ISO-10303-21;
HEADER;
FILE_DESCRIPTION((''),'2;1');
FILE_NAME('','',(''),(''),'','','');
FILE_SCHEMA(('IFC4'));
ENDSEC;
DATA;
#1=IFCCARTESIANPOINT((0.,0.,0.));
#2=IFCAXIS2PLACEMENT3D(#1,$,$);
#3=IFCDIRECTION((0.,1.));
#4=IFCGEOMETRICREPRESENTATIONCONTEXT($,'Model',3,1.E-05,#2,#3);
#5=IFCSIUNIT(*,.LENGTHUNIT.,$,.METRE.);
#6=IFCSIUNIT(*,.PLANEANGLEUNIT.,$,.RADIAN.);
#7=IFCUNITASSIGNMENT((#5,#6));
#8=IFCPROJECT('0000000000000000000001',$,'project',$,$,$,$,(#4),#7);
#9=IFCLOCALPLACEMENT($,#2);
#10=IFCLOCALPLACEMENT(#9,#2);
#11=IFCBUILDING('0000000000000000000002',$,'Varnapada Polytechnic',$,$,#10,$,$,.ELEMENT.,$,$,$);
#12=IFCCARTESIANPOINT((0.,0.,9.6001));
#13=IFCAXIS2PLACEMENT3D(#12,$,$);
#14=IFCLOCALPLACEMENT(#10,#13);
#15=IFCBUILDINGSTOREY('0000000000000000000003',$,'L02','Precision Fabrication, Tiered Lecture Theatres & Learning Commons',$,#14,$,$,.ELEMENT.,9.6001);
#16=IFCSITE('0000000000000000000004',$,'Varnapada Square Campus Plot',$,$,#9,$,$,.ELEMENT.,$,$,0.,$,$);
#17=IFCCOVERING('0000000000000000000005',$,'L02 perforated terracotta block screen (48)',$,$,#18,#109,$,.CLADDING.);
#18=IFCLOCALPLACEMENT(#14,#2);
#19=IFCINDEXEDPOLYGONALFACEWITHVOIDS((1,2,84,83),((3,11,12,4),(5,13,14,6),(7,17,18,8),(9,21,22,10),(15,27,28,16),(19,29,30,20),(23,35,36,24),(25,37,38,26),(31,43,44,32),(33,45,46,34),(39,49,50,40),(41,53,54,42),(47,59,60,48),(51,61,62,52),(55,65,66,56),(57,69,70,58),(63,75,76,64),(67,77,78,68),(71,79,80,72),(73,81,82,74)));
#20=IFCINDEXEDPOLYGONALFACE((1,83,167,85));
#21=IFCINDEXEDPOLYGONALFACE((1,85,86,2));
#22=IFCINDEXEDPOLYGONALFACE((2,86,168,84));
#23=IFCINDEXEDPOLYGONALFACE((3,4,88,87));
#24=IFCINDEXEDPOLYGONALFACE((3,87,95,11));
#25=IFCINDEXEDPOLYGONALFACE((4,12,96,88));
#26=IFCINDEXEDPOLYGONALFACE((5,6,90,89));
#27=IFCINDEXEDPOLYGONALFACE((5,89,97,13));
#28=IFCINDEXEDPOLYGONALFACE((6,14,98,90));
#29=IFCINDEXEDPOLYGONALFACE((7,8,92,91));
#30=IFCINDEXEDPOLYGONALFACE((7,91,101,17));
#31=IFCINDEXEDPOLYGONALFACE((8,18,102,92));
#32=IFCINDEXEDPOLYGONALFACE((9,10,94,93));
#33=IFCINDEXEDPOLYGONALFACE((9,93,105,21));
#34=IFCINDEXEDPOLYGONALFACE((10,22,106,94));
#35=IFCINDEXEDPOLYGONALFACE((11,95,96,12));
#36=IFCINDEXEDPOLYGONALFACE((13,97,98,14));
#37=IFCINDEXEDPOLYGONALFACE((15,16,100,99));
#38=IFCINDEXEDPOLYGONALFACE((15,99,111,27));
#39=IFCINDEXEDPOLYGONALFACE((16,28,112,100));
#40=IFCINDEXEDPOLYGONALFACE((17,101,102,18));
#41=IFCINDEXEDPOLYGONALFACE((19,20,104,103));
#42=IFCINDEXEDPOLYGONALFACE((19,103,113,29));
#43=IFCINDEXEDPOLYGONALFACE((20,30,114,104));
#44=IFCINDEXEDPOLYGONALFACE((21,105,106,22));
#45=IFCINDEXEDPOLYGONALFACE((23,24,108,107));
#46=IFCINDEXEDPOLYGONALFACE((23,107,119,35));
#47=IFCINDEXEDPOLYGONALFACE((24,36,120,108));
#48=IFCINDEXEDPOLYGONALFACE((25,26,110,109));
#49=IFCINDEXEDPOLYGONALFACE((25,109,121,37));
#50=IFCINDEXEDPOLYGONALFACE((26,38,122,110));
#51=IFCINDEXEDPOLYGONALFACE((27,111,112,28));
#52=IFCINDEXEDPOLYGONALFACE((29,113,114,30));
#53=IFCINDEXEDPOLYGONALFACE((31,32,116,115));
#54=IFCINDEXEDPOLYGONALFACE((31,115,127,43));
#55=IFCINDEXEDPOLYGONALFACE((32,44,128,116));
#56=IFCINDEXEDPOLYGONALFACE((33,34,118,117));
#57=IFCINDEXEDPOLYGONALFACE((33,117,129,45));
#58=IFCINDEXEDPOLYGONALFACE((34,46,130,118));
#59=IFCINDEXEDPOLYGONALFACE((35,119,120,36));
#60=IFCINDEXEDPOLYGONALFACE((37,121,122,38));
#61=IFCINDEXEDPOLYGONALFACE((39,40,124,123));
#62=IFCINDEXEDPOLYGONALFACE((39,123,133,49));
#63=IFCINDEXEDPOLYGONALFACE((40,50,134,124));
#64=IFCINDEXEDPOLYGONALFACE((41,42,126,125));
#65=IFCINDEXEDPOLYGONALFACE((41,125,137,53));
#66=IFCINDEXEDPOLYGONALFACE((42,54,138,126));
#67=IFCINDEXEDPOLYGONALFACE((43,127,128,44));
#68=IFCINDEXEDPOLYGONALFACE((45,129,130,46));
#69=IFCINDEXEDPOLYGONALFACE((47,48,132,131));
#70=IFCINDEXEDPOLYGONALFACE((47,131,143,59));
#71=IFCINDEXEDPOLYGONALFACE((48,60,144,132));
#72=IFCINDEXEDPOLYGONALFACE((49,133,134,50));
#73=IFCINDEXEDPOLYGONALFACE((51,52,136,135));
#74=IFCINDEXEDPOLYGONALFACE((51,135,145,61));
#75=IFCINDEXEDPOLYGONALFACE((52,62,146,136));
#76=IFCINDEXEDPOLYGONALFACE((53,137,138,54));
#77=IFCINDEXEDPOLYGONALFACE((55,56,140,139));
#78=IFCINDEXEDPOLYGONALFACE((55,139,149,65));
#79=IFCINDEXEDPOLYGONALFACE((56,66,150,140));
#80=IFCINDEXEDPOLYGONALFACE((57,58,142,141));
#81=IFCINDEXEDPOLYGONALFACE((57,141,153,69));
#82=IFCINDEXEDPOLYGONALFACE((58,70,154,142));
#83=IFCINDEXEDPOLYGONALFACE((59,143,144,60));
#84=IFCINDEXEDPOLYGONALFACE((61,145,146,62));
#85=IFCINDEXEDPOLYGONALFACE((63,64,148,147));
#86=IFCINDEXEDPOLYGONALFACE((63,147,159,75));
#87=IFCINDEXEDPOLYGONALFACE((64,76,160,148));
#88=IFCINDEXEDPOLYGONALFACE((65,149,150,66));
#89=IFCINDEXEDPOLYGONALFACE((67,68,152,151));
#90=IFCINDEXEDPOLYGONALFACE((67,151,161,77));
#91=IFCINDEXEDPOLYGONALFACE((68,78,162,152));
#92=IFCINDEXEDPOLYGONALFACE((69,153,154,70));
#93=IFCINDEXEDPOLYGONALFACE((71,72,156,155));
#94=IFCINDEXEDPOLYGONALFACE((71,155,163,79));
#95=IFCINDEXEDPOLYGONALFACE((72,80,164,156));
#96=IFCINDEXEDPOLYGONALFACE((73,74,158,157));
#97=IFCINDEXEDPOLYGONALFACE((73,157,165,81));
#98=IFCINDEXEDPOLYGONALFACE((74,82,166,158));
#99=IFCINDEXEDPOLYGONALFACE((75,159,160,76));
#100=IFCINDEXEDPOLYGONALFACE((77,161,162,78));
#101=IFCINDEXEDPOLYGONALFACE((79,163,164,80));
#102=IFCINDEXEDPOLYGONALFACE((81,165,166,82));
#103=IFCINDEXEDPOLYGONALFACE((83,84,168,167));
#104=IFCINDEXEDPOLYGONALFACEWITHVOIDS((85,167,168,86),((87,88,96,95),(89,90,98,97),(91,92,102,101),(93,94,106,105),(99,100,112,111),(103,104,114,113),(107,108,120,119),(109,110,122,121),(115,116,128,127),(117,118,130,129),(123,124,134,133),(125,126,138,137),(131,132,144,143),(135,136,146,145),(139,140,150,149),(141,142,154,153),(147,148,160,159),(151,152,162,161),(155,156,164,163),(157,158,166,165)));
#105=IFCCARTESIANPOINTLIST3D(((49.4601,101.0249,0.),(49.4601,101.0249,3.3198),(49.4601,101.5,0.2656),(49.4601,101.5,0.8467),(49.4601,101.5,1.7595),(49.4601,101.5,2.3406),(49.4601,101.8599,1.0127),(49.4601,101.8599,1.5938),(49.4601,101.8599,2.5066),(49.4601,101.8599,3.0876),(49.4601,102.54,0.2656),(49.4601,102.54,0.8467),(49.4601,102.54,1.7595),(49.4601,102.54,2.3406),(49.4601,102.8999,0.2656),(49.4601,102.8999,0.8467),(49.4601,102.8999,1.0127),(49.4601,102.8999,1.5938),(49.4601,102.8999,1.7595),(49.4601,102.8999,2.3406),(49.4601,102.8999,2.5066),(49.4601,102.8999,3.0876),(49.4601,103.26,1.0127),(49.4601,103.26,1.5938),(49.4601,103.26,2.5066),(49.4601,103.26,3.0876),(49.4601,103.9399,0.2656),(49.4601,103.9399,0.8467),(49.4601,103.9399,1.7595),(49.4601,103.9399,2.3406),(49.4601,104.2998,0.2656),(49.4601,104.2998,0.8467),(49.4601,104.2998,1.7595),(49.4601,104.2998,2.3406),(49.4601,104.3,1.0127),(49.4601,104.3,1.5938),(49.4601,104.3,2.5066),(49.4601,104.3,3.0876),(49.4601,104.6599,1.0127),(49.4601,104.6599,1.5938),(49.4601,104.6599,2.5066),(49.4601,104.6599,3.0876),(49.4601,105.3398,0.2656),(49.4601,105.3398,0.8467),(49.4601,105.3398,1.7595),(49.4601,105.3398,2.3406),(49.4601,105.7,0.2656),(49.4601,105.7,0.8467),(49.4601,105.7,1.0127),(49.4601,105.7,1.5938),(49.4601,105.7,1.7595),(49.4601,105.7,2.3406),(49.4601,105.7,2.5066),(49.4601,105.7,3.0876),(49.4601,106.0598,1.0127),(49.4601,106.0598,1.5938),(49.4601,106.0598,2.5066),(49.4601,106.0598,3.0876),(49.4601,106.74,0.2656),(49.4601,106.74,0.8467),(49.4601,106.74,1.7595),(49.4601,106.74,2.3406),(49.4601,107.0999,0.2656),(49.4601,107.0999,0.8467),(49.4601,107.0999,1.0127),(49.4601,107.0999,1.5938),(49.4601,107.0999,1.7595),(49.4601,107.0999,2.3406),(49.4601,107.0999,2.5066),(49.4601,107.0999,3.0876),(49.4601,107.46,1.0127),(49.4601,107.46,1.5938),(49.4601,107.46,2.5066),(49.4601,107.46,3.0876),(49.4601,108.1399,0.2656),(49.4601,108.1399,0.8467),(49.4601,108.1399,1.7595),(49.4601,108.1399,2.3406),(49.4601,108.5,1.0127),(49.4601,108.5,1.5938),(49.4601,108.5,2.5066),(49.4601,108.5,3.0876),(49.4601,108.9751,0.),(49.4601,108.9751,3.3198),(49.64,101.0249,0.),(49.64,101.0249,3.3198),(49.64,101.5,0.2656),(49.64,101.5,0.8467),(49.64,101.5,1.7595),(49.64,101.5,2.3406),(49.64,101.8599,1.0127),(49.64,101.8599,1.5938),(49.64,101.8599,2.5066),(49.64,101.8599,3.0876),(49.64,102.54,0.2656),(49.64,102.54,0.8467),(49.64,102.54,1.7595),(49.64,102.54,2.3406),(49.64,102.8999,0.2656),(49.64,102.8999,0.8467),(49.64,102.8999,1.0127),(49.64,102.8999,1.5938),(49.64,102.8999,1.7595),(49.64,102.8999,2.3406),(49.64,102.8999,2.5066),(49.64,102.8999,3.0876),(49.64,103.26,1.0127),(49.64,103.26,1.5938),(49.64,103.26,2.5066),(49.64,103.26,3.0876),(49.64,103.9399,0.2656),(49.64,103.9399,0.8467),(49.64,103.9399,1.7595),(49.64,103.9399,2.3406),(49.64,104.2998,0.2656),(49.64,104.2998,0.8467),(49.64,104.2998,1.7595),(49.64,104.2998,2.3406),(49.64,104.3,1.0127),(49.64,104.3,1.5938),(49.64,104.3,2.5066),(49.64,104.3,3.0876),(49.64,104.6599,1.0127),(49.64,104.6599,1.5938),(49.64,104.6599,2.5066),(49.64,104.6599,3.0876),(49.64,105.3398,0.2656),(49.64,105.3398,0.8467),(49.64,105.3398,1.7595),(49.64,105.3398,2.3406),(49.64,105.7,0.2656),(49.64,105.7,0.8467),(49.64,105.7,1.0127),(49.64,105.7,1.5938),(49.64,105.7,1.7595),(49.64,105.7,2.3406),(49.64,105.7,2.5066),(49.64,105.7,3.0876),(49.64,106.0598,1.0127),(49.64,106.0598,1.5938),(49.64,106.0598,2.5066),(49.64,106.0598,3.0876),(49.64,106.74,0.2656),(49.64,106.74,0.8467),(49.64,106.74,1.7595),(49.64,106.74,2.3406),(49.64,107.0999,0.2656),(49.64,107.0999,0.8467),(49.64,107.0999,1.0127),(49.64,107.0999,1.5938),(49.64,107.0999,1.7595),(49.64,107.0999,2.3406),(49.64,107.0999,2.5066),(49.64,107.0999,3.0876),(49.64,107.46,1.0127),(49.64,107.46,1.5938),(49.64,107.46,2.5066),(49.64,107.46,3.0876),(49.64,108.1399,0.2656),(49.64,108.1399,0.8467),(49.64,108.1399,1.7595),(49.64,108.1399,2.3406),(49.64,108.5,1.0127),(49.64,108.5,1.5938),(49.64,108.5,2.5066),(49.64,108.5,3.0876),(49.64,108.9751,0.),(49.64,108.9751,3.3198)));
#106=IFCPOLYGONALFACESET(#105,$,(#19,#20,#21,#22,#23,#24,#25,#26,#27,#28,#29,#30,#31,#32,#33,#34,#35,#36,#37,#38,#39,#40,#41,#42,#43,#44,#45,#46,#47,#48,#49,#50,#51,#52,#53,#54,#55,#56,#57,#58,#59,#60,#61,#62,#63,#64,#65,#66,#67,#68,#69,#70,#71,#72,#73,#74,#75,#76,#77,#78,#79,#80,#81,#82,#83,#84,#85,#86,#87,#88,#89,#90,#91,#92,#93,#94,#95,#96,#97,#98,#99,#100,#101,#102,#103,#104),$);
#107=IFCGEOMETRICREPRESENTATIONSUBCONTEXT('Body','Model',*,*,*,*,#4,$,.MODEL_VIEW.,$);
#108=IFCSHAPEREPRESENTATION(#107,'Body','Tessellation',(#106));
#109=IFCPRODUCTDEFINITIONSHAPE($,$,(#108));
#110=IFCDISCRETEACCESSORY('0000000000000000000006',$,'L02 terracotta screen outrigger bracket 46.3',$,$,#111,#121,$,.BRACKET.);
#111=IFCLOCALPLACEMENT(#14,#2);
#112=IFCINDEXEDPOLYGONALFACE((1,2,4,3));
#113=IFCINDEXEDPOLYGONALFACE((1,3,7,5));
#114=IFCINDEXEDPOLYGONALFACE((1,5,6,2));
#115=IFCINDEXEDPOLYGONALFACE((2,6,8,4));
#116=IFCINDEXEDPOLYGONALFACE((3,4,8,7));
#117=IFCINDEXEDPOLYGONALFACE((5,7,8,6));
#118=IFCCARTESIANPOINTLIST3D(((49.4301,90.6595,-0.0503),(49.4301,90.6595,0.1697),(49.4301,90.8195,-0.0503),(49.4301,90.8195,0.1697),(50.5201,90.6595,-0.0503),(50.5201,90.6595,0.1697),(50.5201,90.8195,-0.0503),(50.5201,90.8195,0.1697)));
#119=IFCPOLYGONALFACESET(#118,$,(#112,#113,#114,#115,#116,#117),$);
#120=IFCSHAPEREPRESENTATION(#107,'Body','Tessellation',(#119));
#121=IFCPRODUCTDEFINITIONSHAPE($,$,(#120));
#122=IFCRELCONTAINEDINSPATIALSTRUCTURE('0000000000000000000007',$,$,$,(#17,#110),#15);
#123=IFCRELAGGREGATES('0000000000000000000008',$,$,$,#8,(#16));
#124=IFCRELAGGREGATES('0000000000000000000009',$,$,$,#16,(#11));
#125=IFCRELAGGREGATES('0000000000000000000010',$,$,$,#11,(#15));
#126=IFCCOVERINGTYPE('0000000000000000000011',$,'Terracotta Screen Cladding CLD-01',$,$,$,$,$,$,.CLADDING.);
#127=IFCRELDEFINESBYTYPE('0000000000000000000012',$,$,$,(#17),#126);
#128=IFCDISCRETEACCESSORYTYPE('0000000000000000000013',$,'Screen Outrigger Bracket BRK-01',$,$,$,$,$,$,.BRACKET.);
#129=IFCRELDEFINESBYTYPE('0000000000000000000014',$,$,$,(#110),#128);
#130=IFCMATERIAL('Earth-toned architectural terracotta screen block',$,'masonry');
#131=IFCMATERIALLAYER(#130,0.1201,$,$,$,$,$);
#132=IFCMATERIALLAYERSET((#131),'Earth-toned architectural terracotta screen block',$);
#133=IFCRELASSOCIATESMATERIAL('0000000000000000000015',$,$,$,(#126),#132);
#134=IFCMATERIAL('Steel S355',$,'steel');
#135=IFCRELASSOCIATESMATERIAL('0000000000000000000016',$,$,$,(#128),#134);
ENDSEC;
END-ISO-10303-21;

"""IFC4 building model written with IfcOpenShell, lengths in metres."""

from ifc_helpers import new_model, si_unit, direction, frame, frame_2d, origin, origin_2d, place, context, subcontext, project, spatial, rectangle, extrude, material, layer, layer_set, type_object, element, save


model = new_model("IFC4")

# Units and contexts
model_context = context("Model", 3, precision=1e-05, world=origin(), true_north=direction((0.0, 1.0)))
body_context = subcontext(model_context, "Body", "Model", "MODEL_VIEW")
ifc_project = project(units=[si_unit("LENGTHUNIT", "METRE"), si_unit("PLANEANGLEUNIT", "RADIAN")], contexts=[model_context])

# Site, building, storey
site_placement = place(None, origin())
site = spatial("IfcSite", under=ifc_project, at=site_placement, Name="Varnapada Square Campus Plot", CompositionType="ELEMENT", RefElevation=0.0)
building_placement = place(site_placement, origin())
building = spatial("IfcBuilding", under=site, at=building_placement, Name="Varnapada Polytechnic", CompositionType="ELEMENT")
storey_placement = place(building_placement, frame((0.0, 0.0, 9.6001)))
storey = spatial("IfcBuildingStorey", under=building, at=storey_placement, Name="L02", Description="Precision Fabrication, Tiered Lecture Theatres & Learning Commons", CompositionType="ELEMENT", Elevation=9.6001)

# Covering, openings
ifc_material_1 = material(Name="Earth-toned architectural terracotta screen block", Category="masonry")
ifc_layer_1 = layer(ifc_material_1, 0.1201)
ifc_layer_set_1 = layer_set([ifc_layer_1], Name="Earth-toned architectural terracotta screen block")
covering_type = type_object("IfcCoveringType", Name="Terracotta Screen Cladding CLD-01", PredefinedType="CLADDING", material=ifc_layer_set_1)
covering_placement = place(storey_placement, frame((49.55, 101.0249, 0.0), z_axis=(0.0, 0.0, 1.0), x_axis=(0.0, 1.0, 0.0)))
covering = element("IfcCovering", 1, at=covering_placement, inside=storey, type_object=covering_type, Name="L02 perforated terracotta block screen (48)", PredefinedType="CLADDING", context=body_context, shape_type="SweptSolid", body=[
    extrude(rectangle(XDim=7.9502, YDim=0.1799, at=frame_2d((3.9751, 0.0))), origin(), (0.0, 0.0, 1.0), 3.3198),
])
opening_1_placement = place(covering_placement, frame((0.4751, 0.0, 0.2656)))
element("IfcOpeningElement", 2, at=opening_1_placement, cuts=covering, PredefinedType="OPENING", context=body_context, shape_type="SweptSolid", body=[
    extrude(rectangle(XDim=1.04, YDim=0.5811, at=frame_2d((0.52, 0.2905))), frame((0.0, 0.0999, 0.0), z_axis=(0.0, -1.0, 0.0), x_axis=(1.0, 0.0, 0.0)), (0.0, 0.0, 1.0), 0.2),
])
opening_2_placement = place(covering_placement, frame((1.875, 0.0, 0.2656)))
element("IfcOpeningElement", 3, at=opening_2_placement, cuts=covering, PredefinedType="OPENING", context=body_context, shape_type="SweptSolid", body=[
    extrude(rectangle(XDim=1.04, YDim=0.5811, at=frame_2d((0.52, 0.2905))), frame((0.0, 0.0999, 0.0), z_axis=(0.0, -1.0, 0.0), x_axis=(1.0, 0.0, 0.0)), (0.0, 0.0, 1.0), 0.2),
])
opening_3_placement = place(covering_placement, frame((3.2749, 0.0, 0.2656)))
element("IfcOpeningElement", 4, at=opening_3_placement, cuts=covering, PredefinedType="OPENING", context=body_context, shape_type="SweptSolid", body=[
    extrude(rectangle(XDim=1.04, YDim=0.5811, at=frame_2d((0.52, 0.2905))), frame((0.0, 0.0999, 0.0), z_axis=(0.0, -1.0, 0.0), x_axis=(1.0, 0.0, 0.0)), (0.0, 0.0, 1.0), 0.2),
])
opening_4_placement = place(covering_placement, frame((4.675, 0.0, 0.2656)))
element("IfcOpeningElement", 5, at=opening_4_placement, cuts=covering, PredefinedType="OPENING", context=body_context, shape_type="SweptSolid", body=[
    extrude(rectangle(XDim=1.04, YDim=0.5811, at=frame_2d((0.52, 0.2905))), frame((0.0, 0.0999, 0.0), z_axis=(0.0, -1.0, 0.0), x_axis=(1.0, 0.0, 0.0)), (0.0, 0.0, 1.0), 0.2),
])
opening_5_placement = place(covering_placement, frame((6.075, 0.0, 0.2656)))
element("IfcOpeningElement", 6, at=opening_5_placement, cuts=covering, PredefinedType="OPENING", context=body_context, shape_type="SweptSolid", body=[
    extrude(rectangle(XDim=1.04, YDim=0.5811, at=frame_2d((0.52, 0.2905))), frame((0.0, 0.0999, 0.0), z_axis=(0.0, -1.0, 0.0), x_axis=(1.0, 0.0, 0.0)), (0.0, 0.0, 1.0), 0.2),
])
opening_6_placement = place(covering_placement, frame((0.835, 0.0, 1.0127)))
element("IfcOpeningElement", 7, at=opening_6_placement, cuts=covering, PredefinedType="OPENING", context=body_context, shape_type="SweptSolid", body=[
    extrude(rectangle(XDim=1.04, YDim=0.5811, at=frame_2d((0.52, 0.2905))), frame((0.0, 0.0999, 0.0), z_axis=(0.0, -1.0, 0.0), x_axis=(1.0, 0.0, 0.0)), (0.0, 0.0, 1.0), 0.2),
])
opening_7_placement = place(covering_placement, frame((2.2351, 0.0, 1.0127)))
element("IfcOpeningElement", 8, at=opening_7_placement, cuts=covering, PredefinedType="OPENING", context=body_context, shape_type="SweptSolid", body=[
    extrude(rectangle(XDim=1.04, YDim=0.5811, at=frame_2d((0.52, 0.2905))), frame((0.0, 0.0999, 0.0), z_axis=(0.0, -1.0, 0.0), x_axis=(1.0, 0.0, 0.0)), (0.0, 0.0, 1.0), 0.2),
])
opening_8_placement = place(covering_placement, frame((3.635, 0.0, 1.0127)))
element("IfcOpeningElement", 9, at=opening_8_placement, cuts=covering, PredefinedType="OPENING", context=body_context, shape_type="SweptSolid", body=[
    extrude(rectangle(XDim=1.04, YDim=0.5811, at=frame_2d((0.52, 0.2905))), frame((0.0, 0.0999, 0.0), z_axis=(0.0, -1.0, 0.0), x_axis=(1.0, 0.0, 0.0)), (0.0, 0.0, 1.0), 0.2),
])
opening_9_placement = place(covering_placement, frame((5.0349, 0.0, 1.0127)))
element("IfcOpeningElement", 10, at=opening_9_placement, cuts=covering, PredefinedType="OPENING", context=body_context, shape_type="SweptSolid", body=[
    extrude(rectangle(XDim=1.04, YDim=0.5811, at=frame_2d((0.52, 0.2905))), frame((0.0, 0.0999, 0.0), z_axis=(0.0, -1.0, 0.0), x_axis=(1.0, 0.0, 0.0)), (0.0, 0.0, 1.0), 0.2),
])
opening_10_placement = place(covering_placement, frame((6.4351, 0.0, 1.0127)))
element("IfcOpeningElement", 11, at=opening_10_placement, cuts=covering, PredefinedType="OPENING", context=body_context, shape_type="SweptSolid", body=[
    extrude(rectangle(XDim=1.04, YDim=0.5811, at=frame_2d((0.52, 0.2905))), frame((0.0, 0.0999, 0.0), z_axis=(0.0, -1.0, 0.0), x_axis=(1.0, 0.0, 0.0)), (0.0, 0.0, 1.0), 0.2),
])
opening_11_placement = place(covering_placement, frame((0.4751, 0.0, 1.7595)))
element("IfcOpeningElement", 12, at=opening_11_placement, cuts=covering, PredefinedType="OPENING", context=body_context, shape_type="SweptSolid", body=[
    extrude(rectangle(XDim=1.04, YDim=0.5811, at=frame_2d((0.52, 0.2905))), frame((0.0, 0.0999, 0.0), z_axis=(0.0, -1.0, 0.0), x_axis=(1.0, 0.0, 0.0)), (0.0, 0.0, 1.0), 0.2),
])
opening_12_placement = place(covering_placement, frame((1.875, 0.0, 1.7595)))
element("IfcOpeningElement", 13, at=opening_12_placement, cuts=covering, PredefinedType="OPENING", context=body_context, shape_type="SweptSolid", body=[
    extrude(rectangle(XDim=1.04, YDim=0.5811, at=frame_2d((0.52, 0.2905))), frame((0.0, 0.0999, 0.0), z_axis=(0.0, -1.0, 0.0), x_axis=(1.0, 0.0, 0.0)), (0.0, 0.0, 1.0), 0.2),
])
opening_13_placement = place(covering_placement, frame((3.2749, 0.0, 1.7595)))
element("IfcOpeningElement", 14, at=opening_13_placement, cuts=covering, PredefinedType="OPENING", context=body_context, shape_type="SweptSolid", body=[
    extrude(rectangle(XDim=1.04, YDim=0.5811, at=frame_2d((0.52, 0.2905))), frame((0.0, 0.0999, 0.0), z_axis=(0.0, -1.0, 0.0), x_axis=(1.0, 0.0, 0.0)), (0.0, 0.0, 1.0), 0.2),
])
opening_14_placement = place(covering_placement, frame((4.675, 0.0, 1.7595)))
element("IfcOpeningElement", 15, at=opening_14_placement, cuts=covering, PredefinedType="OPENING", context=body_context, shape_type="SweptSolid", body=[
    extrude(rectangle(XDim=1.04, YDim=0.5811, at=frame_2d((0.52, 0.2905))), frame((0.0, 0.0999, 0.0), z_axis=(0.0, -1.0, 0.0), x_axis=(1.0, 0.0, 0.0)), (0.0, 0.0, 1.0), 0.2),
])
opening_15_placement = place(covering_placement, frame((6.075, 0.0, 1.7595)))
element("IfcOpeningElement", 16, at=opening_15_placement, cuts=covering, PredefinedType="OPENING", context=body_context, shape_type="SweptSolid", body=[
    extrude(rectangle(XDim=1.04, YDim=0.5811, at=frame_2d((0.52, 0.2905))), frame((0.0, 0.0999, 0.0), z_axis=(0.0, -1.0, 0.0), x_axis=(1.0, 0.0, 0.0)), (0.0, 0.0, 1.0), 0.2),
])
opening_16_placement = place(covering_placement, frame((0.835, 0.0, 2.5066)))
element("IfcOpeningElement", 17, at=opening_16_placement, cuts=covering, PredefinedType="OPENING", context=body_context, shape_type="SweptSolid", body=[
    extrude(rectangle(XDim=1.04, YDim=0.5811, at=frame_2d((0.52, 0.2905))), frame((0.0, 0.0999, 0.0), z_axis=(0.0, -1.0, 0.0), x_axis=(1.0, 0.0, 0.0)), (0.0, 0.0, 1.0), 0.2),
])
opening_17_placement = place(covering_placement, frame((2.2351, 0.0, 2.5066)))
element("IfcOpeningElement", 18, at=opening_17_placement, cuts=covering, PredefinedType="OPENING", context=body_context, shape_type="SweptSolid", body=[
    extrude(rectangle(XDim=1.04, YDim=0.5811, at=frame_2d((0.52, 0.2905))), frame((0.0, 0.0999, 0.0), z_axis=(0.0, -1.0, 0.0), x_axis=(1.0, 0.0, 0.0)), (0.0, 0.0, 1.0), 0.2),
])
opening_18_placement = place(covering_placement, frame((3.635, 0.0, 2.5066)))
element("IfcOpeningElement", 19, at=opening_18_placement, cuts=covering, PredefinedType="OPENING", context=body_context, shape_type="SweptSolid", body=[
    extrude(rectangle(XDim=1.04, YDim=0.5811, at=frame_2d((0.52, 0.2905))), frame((0.0, 0.0999, 0.0), z_axis=(0.0, -1.0, 0.0), x_axis=(1.0, 0.0, 0.0)), (0.0, 0.0, 1.0), 0.2),
])
opening_19_placement = place(covering_placement, frame((5.0349, 0.0, 2.5066)))
element("IfcOpeningElement", 20, at=opening_19_placement, cuts=covering, PredefinedType="OPENING", context=body_context, shape_type="SweptSolid", body=[
    extrude(rectangle(XDim=1.04, YDim=0.5811, at=frame_2d((0.52, 0.2905))), frame((0.0, 0.0999, 0.0), z_axis=(0.0, -1.0, 0.0), x_axis=(1.0, 0.0, 0.0)), (0.0, 0.0, 1.0), 0.2),
])
opening_20_placement = place(covering_placement, frame((6.4351, 0.0, 2.5066)))
element("IfcOpeningElement", 21, at=opening_20_placement, cuts=covering, PredefinedType="OPENING", context=body_context, shape_type="SweptSolid", body=[
    extrude(rectangle(XDim=1.04, YDim=0.5811, at=frame_2d((0.52, 0.2905))), frame((0.0, 0.0999, 0.0), z_axis=(0.0, -1.0, 0.0), x_axis=(1.0, 0.0, 0.0)), (0.0, 0.0, 1.0), 0.2),
])

# Discrete accessory
ifc_material_2 = material(Name="Steel S355", Category="steel")
discrete_accessory_type = type_object("IfcDiscreteAccessoryType", Name="Screen Outrigger Bracket BRK-01", PredefinedType="BRACKET", material=ifc_material_2)
discrete_accessory_placement = place(storey_placement, frame((49.9751, 90.7395, -0.0503), z_axis=(0.0, 0.0, 1.0), x_axis=(0.0, 1.0, 0.0)))
element("IfcDiscreteAccessory", 22, at=discrete_accessory_placement, inside=storey, type_object=discrete_accessory_type, Name="L02 terracotta screen outrigger bracket 46.3", PredefinedType="BRACKET", context=body_context, shape_type="SweptSolid", body=[
    extrude(rectangle(XDim=0.1599, YDim=1.0901, at=origin_2d()), origin(), (0.0, 0.0, 1.0), 0.22),
])

save(model, "model.ifc")
